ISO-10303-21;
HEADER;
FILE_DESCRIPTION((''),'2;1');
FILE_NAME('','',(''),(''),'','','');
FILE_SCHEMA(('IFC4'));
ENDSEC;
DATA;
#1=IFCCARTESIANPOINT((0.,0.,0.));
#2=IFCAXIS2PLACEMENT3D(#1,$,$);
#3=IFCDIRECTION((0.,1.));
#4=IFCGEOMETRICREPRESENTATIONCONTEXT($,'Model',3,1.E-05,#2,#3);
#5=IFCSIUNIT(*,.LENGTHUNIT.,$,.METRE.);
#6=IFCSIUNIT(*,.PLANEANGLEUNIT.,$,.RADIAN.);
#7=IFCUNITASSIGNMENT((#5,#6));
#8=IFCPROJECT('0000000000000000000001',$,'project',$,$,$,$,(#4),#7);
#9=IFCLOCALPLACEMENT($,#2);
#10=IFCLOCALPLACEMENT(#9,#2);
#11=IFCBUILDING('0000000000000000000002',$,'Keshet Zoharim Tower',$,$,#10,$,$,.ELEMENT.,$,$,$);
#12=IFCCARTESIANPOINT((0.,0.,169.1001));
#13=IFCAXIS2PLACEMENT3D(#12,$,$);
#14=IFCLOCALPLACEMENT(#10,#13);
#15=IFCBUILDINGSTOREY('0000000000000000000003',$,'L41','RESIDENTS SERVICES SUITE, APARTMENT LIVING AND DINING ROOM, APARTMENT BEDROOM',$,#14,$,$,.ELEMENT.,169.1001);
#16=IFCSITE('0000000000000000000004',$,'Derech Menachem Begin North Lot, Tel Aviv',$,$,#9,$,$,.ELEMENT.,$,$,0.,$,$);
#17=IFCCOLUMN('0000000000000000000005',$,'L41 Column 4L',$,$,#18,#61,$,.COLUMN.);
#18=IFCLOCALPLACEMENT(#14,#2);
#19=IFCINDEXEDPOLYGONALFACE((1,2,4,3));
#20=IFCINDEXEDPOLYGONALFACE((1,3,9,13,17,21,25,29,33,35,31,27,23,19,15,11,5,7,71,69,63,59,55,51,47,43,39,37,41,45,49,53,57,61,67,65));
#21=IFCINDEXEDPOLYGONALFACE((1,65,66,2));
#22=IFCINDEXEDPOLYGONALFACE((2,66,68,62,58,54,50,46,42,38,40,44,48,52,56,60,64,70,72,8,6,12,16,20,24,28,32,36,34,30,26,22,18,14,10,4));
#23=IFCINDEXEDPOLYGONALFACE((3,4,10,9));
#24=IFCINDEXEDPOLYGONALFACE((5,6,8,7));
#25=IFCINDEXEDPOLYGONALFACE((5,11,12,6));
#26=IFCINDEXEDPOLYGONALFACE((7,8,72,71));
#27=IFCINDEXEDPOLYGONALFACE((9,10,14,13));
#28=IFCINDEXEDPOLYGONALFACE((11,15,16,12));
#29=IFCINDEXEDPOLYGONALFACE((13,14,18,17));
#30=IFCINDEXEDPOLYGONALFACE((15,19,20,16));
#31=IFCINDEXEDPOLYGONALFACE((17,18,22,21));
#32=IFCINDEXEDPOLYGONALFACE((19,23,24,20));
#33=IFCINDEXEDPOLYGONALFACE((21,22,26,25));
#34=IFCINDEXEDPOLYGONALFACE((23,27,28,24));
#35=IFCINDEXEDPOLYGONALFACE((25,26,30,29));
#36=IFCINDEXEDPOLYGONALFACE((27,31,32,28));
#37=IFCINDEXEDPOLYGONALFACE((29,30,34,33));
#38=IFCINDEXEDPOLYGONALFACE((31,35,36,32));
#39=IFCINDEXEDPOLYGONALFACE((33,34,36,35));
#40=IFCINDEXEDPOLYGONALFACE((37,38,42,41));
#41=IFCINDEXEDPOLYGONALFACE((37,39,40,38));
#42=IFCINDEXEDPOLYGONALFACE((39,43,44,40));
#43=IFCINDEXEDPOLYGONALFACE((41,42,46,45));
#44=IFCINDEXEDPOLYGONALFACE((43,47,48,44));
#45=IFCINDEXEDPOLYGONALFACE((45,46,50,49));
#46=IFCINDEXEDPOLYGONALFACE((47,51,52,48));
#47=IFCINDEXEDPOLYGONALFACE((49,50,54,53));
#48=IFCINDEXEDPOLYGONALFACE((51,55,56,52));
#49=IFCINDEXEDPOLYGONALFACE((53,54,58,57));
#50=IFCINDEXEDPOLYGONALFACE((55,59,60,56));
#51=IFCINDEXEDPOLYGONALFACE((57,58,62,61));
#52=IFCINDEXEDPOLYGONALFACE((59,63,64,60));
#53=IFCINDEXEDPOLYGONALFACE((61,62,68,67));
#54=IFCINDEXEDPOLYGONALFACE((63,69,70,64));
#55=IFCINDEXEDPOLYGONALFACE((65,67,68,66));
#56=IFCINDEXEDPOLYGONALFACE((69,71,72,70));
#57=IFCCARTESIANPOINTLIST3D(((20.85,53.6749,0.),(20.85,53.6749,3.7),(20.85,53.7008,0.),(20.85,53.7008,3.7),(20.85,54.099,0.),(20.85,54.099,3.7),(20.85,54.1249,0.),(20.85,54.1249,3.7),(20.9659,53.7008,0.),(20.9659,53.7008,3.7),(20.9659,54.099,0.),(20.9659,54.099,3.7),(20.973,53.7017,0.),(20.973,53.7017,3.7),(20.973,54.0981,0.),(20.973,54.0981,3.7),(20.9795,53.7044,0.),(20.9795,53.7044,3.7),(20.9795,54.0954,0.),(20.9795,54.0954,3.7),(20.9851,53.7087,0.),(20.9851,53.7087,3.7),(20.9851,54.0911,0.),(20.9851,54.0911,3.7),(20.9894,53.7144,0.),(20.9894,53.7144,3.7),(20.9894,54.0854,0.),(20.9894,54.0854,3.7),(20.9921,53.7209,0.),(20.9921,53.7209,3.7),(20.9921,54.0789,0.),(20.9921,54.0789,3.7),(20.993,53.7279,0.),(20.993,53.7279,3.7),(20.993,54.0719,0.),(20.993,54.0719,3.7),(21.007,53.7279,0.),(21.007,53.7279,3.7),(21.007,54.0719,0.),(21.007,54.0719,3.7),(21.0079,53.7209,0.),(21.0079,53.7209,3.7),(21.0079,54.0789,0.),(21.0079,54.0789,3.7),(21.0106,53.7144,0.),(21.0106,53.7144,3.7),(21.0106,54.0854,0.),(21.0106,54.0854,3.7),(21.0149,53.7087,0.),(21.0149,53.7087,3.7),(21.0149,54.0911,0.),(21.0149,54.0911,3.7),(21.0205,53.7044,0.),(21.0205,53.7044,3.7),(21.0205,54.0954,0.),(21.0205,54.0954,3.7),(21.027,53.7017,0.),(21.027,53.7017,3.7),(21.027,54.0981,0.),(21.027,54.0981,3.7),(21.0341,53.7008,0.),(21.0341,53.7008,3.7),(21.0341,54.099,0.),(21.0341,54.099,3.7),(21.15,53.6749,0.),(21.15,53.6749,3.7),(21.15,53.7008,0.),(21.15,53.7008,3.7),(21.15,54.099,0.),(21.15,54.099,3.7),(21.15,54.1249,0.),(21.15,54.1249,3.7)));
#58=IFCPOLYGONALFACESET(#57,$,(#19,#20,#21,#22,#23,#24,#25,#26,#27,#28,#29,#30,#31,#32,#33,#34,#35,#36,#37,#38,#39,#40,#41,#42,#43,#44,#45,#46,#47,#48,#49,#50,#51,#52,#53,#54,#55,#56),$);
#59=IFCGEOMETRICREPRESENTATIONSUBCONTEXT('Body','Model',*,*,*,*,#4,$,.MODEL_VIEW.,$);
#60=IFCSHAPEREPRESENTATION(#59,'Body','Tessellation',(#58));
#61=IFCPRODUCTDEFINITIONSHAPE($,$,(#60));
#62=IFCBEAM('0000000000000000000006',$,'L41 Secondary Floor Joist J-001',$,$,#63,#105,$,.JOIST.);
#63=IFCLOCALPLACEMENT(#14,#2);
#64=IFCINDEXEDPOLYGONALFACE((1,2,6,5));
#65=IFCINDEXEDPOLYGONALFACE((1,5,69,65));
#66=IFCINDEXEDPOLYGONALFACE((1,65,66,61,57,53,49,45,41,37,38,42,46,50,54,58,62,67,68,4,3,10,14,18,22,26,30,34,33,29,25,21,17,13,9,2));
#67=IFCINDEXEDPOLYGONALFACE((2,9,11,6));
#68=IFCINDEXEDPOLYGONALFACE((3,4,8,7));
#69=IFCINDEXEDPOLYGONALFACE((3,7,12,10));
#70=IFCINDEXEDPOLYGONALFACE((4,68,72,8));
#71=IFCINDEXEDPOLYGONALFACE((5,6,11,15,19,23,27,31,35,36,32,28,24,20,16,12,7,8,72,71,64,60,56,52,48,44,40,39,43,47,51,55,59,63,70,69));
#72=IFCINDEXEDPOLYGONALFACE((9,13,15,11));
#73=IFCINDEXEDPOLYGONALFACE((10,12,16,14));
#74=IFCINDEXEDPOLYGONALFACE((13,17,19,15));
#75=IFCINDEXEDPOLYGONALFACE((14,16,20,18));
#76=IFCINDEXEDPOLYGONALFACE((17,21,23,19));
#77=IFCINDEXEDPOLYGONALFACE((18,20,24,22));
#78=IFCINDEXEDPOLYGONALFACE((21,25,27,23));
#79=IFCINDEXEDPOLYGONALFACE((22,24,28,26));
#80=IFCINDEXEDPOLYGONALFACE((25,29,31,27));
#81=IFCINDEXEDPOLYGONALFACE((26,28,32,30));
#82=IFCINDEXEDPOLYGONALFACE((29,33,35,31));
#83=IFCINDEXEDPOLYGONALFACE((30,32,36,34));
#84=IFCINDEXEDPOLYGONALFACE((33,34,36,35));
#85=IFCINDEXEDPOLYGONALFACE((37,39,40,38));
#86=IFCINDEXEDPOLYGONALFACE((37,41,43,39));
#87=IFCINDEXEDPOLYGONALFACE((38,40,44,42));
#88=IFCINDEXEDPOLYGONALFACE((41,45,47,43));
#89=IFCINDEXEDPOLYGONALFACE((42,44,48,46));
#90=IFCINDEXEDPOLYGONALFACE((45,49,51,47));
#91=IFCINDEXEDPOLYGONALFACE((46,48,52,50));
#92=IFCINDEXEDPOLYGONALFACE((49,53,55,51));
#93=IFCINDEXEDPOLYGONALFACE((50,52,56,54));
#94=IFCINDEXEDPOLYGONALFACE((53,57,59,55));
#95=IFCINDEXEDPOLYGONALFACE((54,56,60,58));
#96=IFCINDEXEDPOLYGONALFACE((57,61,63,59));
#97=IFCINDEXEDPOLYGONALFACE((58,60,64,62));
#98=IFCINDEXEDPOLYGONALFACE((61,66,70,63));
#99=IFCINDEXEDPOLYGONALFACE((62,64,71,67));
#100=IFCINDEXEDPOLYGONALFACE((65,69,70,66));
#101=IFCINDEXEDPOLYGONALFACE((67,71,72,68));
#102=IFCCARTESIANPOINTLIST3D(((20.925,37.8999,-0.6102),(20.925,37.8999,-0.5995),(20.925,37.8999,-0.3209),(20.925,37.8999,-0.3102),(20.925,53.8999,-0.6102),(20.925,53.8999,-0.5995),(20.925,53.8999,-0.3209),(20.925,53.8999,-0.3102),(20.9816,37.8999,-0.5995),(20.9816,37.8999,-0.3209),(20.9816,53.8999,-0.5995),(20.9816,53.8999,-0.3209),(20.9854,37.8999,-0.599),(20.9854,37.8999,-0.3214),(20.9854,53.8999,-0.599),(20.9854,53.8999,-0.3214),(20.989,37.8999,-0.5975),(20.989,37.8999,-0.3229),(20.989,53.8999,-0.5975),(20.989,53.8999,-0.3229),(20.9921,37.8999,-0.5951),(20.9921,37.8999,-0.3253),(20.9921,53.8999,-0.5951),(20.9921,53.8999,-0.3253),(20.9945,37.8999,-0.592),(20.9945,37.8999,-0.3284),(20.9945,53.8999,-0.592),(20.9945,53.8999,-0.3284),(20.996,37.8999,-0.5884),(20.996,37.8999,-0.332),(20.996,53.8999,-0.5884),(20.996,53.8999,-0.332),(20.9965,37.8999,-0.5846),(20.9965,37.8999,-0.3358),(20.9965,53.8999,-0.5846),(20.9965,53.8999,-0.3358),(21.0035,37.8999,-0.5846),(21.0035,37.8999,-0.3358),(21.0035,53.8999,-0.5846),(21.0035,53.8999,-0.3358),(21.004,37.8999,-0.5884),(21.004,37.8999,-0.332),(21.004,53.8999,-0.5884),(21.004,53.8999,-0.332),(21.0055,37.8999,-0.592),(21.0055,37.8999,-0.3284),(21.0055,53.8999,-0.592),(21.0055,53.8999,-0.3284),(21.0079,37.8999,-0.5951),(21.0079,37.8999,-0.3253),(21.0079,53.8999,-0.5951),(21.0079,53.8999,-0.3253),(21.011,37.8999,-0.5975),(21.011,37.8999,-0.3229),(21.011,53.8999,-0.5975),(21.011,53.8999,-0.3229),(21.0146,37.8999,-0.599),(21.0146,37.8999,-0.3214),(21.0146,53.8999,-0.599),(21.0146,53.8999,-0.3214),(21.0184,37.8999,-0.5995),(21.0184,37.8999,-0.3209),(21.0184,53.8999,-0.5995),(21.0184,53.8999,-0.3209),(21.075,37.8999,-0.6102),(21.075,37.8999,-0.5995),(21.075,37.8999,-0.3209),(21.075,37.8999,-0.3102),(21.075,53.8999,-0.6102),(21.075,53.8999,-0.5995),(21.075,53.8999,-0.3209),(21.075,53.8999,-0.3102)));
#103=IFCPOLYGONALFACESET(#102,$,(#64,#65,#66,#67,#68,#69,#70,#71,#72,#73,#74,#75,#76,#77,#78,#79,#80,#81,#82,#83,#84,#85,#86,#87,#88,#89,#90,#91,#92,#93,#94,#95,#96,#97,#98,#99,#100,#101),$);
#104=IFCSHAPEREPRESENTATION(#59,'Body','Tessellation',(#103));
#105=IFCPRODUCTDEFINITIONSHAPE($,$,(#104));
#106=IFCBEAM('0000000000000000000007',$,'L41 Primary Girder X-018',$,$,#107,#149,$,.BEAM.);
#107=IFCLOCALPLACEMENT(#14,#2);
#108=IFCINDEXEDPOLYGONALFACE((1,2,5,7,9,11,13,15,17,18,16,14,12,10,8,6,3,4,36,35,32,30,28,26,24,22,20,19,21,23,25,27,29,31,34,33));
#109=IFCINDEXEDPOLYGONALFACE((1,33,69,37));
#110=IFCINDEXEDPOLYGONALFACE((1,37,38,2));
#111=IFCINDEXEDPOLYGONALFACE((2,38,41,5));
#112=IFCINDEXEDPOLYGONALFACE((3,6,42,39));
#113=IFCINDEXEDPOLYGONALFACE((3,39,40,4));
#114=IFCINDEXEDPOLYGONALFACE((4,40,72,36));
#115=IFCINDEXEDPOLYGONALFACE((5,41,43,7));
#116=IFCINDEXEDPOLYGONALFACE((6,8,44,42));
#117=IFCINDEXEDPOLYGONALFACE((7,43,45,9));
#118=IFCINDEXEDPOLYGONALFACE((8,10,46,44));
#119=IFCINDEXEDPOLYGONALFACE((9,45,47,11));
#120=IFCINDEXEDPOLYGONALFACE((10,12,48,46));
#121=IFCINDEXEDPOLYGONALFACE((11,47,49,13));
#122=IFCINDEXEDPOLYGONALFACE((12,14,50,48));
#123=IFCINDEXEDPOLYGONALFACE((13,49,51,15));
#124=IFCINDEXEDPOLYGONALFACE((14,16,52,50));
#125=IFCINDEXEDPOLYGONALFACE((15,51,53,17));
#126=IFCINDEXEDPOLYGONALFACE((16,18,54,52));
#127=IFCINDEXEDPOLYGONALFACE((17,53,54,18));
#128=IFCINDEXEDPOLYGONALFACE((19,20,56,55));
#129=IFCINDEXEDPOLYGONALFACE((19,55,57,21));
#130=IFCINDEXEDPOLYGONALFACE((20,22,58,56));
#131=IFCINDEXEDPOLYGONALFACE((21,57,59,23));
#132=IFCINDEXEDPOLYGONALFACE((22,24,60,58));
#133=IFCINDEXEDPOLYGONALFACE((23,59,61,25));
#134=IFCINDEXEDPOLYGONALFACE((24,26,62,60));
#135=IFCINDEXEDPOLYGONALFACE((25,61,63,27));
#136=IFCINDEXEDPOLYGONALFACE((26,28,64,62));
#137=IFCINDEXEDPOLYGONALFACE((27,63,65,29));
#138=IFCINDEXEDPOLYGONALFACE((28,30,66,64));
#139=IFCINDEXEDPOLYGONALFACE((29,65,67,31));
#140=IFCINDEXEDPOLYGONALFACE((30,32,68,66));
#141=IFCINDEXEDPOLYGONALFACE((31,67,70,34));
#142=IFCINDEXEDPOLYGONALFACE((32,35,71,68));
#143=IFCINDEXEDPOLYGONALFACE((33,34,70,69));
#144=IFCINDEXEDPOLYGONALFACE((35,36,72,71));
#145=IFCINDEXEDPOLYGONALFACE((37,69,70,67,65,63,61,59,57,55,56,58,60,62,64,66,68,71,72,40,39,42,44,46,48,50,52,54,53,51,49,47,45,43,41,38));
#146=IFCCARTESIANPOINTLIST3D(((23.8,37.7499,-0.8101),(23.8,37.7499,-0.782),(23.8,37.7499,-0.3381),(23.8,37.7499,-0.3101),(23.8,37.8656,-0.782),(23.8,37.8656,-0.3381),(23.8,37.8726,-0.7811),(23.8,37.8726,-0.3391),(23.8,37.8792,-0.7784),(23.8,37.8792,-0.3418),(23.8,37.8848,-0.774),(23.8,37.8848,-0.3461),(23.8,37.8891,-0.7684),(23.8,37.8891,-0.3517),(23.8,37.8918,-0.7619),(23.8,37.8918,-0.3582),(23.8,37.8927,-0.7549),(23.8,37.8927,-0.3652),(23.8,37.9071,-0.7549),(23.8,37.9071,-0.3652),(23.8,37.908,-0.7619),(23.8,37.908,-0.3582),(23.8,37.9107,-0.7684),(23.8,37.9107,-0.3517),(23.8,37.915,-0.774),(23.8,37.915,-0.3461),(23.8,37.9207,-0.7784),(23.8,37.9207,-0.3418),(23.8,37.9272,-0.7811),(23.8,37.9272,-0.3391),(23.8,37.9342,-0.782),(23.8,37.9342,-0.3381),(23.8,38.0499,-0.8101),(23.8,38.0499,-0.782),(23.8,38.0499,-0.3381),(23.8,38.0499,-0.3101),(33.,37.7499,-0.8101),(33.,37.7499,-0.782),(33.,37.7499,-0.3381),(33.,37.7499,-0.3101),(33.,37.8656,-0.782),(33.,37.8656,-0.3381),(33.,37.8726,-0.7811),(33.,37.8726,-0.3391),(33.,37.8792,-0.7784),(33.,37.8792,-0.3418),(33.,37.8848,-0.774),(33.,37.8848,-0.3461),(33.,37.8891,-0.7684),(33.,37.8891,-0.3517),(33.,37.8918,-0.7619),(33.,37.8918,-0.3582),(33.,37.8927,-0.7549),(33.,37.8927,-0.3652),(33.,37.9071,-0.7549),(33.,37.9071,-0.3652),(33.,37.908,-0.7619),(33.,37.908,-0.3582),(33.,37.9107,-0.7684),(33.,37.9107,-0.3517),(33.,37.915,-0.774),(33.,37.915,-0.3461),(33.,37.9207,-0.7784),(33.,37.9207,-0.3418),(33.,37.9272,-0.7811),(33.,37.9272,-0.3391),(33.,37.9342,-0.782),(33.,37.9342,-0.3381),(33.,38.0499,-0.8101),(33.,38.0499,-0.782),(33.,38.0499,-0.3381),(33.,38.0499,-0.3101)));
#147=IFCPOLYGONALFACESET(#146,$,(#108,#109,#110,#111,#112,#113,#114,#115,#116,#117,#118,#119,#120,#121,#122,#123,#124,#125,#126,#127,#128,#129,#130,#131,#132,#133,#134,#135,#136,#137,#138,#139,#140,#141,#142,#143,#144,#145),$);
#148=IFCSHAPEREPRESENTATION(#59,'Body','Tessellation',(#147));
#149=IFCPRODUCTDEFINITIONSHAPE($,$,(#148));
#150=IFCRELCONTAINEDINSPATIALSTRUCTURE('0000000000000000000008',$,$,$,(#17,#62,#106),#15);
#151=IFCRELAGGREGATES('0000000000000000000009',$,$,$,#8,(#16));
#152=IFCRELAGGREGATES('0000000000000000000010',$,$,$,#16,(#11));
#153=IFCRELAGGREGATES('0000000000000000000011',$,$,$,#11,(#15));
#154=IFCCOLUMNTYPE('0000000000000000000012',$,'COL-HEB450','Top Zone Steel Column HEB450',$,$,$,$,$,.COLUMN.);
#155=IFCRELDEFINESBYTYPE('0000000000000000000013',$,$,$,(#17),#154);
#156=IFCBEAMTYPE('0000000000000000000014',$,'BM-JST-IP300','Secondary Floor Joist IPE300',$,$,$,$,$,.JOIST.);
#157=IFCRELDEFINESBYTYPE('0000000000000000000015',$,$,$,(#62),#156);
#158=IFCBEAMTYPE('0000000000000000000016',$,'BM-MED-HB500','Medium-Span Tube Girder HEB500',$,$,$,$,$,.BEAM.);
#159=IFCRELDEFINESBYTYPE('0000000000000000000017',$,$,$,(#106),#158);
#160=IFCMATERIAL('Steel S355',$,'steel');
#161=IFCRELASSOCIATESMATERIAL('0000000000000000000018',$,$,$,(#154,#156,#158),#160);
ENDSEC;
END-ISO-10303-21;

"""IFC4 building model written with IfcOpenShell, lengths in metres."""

from ifc_helpers import new_model, si_unit, direction, frame, origin, origin_2d, place, context, subcontext, project, spatial, i_section, extrude, material, material_profile, profile_set, type_object, element, save


model = new_model("IFC4")

# Units and contexts
model_context = context("Model", 3, precision=1e-05, world=origin(), true_north=direction((0.0, 1.0)))
body_context = subcontext(model_context, "Body", "Model", "MODEL_VIEW")
ifc_project = project(units=[si_unit("LENGTHUNIT", "METRE"), si_unit("PLANEANGLEUNIT", "RADIAN")], contexts=[model_context])

# Site, building, storey
site_placement = place(None, origin())
site = spatial("IfcSite", under=ifc_project, at=site_placement, Name="Derech Menachem Begin North Lot, Tel Aviv", CompositionType="ELEMENT", RefElevation=0.0)
building_placement = place(site_placement, origin())
building = spatial("IfcBuilding", under=site, at=building_placement, Name="Keshet Zoharim Tower", CompositionType="ELEMENT")
storey_placement = place(building_placement, frame((0.0, 0.0, 169.1001)))
storey = spatial("IfcBuildingStorey", under=building, at=storey_placement, Name="L41", Description="RESIDENTS SERVICES SUITE, APARTMENT LIVING AND DINING ROOM, APARTMENT BEDROOM", CompositionType="ELEMENT", Elevation=169.1001)

# Column
ifc_material_1 = material(Name="Steel S355", Category="steel")
ifc_material_profile_1 = material_profile(ifc_material_1, i_section(OverallWidth=0.3, OverallDepth=0.45, WebThickness=0.0139, FlangeThickness=0.0259, FilletRadius=0.0271, at=origin_2d()), Name="HEB450")
ifc_profile_set_1 = profile_set([ifc_material_profile_1], Name="Steel S355")
column_type = type_object("IfcColumnType", Name="COL-HEB450", Description="Top Zone Steel Column HEB450", PredefinedType="COLUMN", material=ifc_profile_set_1)
column_placement = place(storey_placement, frame((21.0, 53.8999, 0.0), z_axis=(0.0, 0.0, 1.0), x_axis=(1.0, 0.0, 0.0)))
element("IfcColumn", 1, at=column_placement, inside=storey, type_object=column_type, Name="L41 Column 4L", PredefinedType="COLUMN", context=body_context, shape_type="SweptSolid", body=[
    extrude(i_section(OverallWidth=0.3, OverallDepth=0.45, WebThickness=0.0139, FlangeThickness=0.0259, FilletRadius=0.0271, at=origin_2d()), origin(), (0.0, 0.0, 1.0), 3.7),
])

# Beams
ifc_material_profile_2 = material_profile(ifc_material_1, i_section(OverallWidth=0.1499, OverallDepth=0.3, WebThickness=0.0071, FlangeThickness=0.0107, FilletRadius=0.0149, at=origin_2d()), Name="IPE300")
ifc_profile_set_2 = profile_set([ifc_material_profile_2], Name="Steel S355")
beam_type_1 = type_object("IfcBeamType", Name="BM-JST-IP300", Description="Secondary Floor Joist IPE300", PredefinedType="JOIST", material=ifc_profile_set_2)
beam_1_placement = place(storey_placement, frame((21.0, 37.8999, -0.4602), z_axis=(0.0, 1.0, 0.0), x_axis=(-1.0, 0.0, 0.0)))
element("IfcBeam", 2, at=beam_1_placement, inside=storey, type_object=beam_type_1, Name="L41 Secondary Floor Joist J-001", PredefinedType="JOIST", context=body_context, shape_type="SweptSolid", body=[
    extrude(i_section(OverallWidth=0.1499, OverallDepth=0.3, WebThickness=0.0071, FlangeThickness=0.0107, FilletRadius=0.0149, at=origin_2d()), origin(), (0.0, 0.0, 1.0), 16.0),
])
ifc_material_profile_3 = material_profile(ifc_material_1, i_section(OverallWidth=0.3, OverallDepth=0.5, WebThickness=0.0144, FlangeThickness=0.0281, FilletRadius=0.0271, at=origin_2d()), Name="HEB500")
ifc_profile_set_3 = profile_set([ifc_material_profile_3], Name="Steel S355")
beam_type_2 = type_object("IfcBeamType", Name="BM-MED-HB500", Description="Medium-Span Tube Girder HEB500", PredefinedType="BEAM", material=ifc_profile_set_3)
beam_2_placement = place(storey_placement, frame((23.8, 37.8999, -0.5601), z_axis=(1.0, 0.0, 0.0), x_axis=(0.0, 1.0, 0.0)))
element("IfcBeam", 3, at=beam_2_placement, inside=storey, type_object=beam_type_2, Name="L41 Primary Girder X-018", PredefinedType="BEAM", context=body_context, shape_type="SweptSolid", body=[
    extrude(i_section(OverallWidth=0.3, OverallDepth=0.5, WebThickness=0.0144, FlangeThickness=0.0281, FilletRadius=0.0271, at=origin_2d()), origin(), (0.0, 0.0, 1.0), 9.2),
])

save(model, "model.ifc")
